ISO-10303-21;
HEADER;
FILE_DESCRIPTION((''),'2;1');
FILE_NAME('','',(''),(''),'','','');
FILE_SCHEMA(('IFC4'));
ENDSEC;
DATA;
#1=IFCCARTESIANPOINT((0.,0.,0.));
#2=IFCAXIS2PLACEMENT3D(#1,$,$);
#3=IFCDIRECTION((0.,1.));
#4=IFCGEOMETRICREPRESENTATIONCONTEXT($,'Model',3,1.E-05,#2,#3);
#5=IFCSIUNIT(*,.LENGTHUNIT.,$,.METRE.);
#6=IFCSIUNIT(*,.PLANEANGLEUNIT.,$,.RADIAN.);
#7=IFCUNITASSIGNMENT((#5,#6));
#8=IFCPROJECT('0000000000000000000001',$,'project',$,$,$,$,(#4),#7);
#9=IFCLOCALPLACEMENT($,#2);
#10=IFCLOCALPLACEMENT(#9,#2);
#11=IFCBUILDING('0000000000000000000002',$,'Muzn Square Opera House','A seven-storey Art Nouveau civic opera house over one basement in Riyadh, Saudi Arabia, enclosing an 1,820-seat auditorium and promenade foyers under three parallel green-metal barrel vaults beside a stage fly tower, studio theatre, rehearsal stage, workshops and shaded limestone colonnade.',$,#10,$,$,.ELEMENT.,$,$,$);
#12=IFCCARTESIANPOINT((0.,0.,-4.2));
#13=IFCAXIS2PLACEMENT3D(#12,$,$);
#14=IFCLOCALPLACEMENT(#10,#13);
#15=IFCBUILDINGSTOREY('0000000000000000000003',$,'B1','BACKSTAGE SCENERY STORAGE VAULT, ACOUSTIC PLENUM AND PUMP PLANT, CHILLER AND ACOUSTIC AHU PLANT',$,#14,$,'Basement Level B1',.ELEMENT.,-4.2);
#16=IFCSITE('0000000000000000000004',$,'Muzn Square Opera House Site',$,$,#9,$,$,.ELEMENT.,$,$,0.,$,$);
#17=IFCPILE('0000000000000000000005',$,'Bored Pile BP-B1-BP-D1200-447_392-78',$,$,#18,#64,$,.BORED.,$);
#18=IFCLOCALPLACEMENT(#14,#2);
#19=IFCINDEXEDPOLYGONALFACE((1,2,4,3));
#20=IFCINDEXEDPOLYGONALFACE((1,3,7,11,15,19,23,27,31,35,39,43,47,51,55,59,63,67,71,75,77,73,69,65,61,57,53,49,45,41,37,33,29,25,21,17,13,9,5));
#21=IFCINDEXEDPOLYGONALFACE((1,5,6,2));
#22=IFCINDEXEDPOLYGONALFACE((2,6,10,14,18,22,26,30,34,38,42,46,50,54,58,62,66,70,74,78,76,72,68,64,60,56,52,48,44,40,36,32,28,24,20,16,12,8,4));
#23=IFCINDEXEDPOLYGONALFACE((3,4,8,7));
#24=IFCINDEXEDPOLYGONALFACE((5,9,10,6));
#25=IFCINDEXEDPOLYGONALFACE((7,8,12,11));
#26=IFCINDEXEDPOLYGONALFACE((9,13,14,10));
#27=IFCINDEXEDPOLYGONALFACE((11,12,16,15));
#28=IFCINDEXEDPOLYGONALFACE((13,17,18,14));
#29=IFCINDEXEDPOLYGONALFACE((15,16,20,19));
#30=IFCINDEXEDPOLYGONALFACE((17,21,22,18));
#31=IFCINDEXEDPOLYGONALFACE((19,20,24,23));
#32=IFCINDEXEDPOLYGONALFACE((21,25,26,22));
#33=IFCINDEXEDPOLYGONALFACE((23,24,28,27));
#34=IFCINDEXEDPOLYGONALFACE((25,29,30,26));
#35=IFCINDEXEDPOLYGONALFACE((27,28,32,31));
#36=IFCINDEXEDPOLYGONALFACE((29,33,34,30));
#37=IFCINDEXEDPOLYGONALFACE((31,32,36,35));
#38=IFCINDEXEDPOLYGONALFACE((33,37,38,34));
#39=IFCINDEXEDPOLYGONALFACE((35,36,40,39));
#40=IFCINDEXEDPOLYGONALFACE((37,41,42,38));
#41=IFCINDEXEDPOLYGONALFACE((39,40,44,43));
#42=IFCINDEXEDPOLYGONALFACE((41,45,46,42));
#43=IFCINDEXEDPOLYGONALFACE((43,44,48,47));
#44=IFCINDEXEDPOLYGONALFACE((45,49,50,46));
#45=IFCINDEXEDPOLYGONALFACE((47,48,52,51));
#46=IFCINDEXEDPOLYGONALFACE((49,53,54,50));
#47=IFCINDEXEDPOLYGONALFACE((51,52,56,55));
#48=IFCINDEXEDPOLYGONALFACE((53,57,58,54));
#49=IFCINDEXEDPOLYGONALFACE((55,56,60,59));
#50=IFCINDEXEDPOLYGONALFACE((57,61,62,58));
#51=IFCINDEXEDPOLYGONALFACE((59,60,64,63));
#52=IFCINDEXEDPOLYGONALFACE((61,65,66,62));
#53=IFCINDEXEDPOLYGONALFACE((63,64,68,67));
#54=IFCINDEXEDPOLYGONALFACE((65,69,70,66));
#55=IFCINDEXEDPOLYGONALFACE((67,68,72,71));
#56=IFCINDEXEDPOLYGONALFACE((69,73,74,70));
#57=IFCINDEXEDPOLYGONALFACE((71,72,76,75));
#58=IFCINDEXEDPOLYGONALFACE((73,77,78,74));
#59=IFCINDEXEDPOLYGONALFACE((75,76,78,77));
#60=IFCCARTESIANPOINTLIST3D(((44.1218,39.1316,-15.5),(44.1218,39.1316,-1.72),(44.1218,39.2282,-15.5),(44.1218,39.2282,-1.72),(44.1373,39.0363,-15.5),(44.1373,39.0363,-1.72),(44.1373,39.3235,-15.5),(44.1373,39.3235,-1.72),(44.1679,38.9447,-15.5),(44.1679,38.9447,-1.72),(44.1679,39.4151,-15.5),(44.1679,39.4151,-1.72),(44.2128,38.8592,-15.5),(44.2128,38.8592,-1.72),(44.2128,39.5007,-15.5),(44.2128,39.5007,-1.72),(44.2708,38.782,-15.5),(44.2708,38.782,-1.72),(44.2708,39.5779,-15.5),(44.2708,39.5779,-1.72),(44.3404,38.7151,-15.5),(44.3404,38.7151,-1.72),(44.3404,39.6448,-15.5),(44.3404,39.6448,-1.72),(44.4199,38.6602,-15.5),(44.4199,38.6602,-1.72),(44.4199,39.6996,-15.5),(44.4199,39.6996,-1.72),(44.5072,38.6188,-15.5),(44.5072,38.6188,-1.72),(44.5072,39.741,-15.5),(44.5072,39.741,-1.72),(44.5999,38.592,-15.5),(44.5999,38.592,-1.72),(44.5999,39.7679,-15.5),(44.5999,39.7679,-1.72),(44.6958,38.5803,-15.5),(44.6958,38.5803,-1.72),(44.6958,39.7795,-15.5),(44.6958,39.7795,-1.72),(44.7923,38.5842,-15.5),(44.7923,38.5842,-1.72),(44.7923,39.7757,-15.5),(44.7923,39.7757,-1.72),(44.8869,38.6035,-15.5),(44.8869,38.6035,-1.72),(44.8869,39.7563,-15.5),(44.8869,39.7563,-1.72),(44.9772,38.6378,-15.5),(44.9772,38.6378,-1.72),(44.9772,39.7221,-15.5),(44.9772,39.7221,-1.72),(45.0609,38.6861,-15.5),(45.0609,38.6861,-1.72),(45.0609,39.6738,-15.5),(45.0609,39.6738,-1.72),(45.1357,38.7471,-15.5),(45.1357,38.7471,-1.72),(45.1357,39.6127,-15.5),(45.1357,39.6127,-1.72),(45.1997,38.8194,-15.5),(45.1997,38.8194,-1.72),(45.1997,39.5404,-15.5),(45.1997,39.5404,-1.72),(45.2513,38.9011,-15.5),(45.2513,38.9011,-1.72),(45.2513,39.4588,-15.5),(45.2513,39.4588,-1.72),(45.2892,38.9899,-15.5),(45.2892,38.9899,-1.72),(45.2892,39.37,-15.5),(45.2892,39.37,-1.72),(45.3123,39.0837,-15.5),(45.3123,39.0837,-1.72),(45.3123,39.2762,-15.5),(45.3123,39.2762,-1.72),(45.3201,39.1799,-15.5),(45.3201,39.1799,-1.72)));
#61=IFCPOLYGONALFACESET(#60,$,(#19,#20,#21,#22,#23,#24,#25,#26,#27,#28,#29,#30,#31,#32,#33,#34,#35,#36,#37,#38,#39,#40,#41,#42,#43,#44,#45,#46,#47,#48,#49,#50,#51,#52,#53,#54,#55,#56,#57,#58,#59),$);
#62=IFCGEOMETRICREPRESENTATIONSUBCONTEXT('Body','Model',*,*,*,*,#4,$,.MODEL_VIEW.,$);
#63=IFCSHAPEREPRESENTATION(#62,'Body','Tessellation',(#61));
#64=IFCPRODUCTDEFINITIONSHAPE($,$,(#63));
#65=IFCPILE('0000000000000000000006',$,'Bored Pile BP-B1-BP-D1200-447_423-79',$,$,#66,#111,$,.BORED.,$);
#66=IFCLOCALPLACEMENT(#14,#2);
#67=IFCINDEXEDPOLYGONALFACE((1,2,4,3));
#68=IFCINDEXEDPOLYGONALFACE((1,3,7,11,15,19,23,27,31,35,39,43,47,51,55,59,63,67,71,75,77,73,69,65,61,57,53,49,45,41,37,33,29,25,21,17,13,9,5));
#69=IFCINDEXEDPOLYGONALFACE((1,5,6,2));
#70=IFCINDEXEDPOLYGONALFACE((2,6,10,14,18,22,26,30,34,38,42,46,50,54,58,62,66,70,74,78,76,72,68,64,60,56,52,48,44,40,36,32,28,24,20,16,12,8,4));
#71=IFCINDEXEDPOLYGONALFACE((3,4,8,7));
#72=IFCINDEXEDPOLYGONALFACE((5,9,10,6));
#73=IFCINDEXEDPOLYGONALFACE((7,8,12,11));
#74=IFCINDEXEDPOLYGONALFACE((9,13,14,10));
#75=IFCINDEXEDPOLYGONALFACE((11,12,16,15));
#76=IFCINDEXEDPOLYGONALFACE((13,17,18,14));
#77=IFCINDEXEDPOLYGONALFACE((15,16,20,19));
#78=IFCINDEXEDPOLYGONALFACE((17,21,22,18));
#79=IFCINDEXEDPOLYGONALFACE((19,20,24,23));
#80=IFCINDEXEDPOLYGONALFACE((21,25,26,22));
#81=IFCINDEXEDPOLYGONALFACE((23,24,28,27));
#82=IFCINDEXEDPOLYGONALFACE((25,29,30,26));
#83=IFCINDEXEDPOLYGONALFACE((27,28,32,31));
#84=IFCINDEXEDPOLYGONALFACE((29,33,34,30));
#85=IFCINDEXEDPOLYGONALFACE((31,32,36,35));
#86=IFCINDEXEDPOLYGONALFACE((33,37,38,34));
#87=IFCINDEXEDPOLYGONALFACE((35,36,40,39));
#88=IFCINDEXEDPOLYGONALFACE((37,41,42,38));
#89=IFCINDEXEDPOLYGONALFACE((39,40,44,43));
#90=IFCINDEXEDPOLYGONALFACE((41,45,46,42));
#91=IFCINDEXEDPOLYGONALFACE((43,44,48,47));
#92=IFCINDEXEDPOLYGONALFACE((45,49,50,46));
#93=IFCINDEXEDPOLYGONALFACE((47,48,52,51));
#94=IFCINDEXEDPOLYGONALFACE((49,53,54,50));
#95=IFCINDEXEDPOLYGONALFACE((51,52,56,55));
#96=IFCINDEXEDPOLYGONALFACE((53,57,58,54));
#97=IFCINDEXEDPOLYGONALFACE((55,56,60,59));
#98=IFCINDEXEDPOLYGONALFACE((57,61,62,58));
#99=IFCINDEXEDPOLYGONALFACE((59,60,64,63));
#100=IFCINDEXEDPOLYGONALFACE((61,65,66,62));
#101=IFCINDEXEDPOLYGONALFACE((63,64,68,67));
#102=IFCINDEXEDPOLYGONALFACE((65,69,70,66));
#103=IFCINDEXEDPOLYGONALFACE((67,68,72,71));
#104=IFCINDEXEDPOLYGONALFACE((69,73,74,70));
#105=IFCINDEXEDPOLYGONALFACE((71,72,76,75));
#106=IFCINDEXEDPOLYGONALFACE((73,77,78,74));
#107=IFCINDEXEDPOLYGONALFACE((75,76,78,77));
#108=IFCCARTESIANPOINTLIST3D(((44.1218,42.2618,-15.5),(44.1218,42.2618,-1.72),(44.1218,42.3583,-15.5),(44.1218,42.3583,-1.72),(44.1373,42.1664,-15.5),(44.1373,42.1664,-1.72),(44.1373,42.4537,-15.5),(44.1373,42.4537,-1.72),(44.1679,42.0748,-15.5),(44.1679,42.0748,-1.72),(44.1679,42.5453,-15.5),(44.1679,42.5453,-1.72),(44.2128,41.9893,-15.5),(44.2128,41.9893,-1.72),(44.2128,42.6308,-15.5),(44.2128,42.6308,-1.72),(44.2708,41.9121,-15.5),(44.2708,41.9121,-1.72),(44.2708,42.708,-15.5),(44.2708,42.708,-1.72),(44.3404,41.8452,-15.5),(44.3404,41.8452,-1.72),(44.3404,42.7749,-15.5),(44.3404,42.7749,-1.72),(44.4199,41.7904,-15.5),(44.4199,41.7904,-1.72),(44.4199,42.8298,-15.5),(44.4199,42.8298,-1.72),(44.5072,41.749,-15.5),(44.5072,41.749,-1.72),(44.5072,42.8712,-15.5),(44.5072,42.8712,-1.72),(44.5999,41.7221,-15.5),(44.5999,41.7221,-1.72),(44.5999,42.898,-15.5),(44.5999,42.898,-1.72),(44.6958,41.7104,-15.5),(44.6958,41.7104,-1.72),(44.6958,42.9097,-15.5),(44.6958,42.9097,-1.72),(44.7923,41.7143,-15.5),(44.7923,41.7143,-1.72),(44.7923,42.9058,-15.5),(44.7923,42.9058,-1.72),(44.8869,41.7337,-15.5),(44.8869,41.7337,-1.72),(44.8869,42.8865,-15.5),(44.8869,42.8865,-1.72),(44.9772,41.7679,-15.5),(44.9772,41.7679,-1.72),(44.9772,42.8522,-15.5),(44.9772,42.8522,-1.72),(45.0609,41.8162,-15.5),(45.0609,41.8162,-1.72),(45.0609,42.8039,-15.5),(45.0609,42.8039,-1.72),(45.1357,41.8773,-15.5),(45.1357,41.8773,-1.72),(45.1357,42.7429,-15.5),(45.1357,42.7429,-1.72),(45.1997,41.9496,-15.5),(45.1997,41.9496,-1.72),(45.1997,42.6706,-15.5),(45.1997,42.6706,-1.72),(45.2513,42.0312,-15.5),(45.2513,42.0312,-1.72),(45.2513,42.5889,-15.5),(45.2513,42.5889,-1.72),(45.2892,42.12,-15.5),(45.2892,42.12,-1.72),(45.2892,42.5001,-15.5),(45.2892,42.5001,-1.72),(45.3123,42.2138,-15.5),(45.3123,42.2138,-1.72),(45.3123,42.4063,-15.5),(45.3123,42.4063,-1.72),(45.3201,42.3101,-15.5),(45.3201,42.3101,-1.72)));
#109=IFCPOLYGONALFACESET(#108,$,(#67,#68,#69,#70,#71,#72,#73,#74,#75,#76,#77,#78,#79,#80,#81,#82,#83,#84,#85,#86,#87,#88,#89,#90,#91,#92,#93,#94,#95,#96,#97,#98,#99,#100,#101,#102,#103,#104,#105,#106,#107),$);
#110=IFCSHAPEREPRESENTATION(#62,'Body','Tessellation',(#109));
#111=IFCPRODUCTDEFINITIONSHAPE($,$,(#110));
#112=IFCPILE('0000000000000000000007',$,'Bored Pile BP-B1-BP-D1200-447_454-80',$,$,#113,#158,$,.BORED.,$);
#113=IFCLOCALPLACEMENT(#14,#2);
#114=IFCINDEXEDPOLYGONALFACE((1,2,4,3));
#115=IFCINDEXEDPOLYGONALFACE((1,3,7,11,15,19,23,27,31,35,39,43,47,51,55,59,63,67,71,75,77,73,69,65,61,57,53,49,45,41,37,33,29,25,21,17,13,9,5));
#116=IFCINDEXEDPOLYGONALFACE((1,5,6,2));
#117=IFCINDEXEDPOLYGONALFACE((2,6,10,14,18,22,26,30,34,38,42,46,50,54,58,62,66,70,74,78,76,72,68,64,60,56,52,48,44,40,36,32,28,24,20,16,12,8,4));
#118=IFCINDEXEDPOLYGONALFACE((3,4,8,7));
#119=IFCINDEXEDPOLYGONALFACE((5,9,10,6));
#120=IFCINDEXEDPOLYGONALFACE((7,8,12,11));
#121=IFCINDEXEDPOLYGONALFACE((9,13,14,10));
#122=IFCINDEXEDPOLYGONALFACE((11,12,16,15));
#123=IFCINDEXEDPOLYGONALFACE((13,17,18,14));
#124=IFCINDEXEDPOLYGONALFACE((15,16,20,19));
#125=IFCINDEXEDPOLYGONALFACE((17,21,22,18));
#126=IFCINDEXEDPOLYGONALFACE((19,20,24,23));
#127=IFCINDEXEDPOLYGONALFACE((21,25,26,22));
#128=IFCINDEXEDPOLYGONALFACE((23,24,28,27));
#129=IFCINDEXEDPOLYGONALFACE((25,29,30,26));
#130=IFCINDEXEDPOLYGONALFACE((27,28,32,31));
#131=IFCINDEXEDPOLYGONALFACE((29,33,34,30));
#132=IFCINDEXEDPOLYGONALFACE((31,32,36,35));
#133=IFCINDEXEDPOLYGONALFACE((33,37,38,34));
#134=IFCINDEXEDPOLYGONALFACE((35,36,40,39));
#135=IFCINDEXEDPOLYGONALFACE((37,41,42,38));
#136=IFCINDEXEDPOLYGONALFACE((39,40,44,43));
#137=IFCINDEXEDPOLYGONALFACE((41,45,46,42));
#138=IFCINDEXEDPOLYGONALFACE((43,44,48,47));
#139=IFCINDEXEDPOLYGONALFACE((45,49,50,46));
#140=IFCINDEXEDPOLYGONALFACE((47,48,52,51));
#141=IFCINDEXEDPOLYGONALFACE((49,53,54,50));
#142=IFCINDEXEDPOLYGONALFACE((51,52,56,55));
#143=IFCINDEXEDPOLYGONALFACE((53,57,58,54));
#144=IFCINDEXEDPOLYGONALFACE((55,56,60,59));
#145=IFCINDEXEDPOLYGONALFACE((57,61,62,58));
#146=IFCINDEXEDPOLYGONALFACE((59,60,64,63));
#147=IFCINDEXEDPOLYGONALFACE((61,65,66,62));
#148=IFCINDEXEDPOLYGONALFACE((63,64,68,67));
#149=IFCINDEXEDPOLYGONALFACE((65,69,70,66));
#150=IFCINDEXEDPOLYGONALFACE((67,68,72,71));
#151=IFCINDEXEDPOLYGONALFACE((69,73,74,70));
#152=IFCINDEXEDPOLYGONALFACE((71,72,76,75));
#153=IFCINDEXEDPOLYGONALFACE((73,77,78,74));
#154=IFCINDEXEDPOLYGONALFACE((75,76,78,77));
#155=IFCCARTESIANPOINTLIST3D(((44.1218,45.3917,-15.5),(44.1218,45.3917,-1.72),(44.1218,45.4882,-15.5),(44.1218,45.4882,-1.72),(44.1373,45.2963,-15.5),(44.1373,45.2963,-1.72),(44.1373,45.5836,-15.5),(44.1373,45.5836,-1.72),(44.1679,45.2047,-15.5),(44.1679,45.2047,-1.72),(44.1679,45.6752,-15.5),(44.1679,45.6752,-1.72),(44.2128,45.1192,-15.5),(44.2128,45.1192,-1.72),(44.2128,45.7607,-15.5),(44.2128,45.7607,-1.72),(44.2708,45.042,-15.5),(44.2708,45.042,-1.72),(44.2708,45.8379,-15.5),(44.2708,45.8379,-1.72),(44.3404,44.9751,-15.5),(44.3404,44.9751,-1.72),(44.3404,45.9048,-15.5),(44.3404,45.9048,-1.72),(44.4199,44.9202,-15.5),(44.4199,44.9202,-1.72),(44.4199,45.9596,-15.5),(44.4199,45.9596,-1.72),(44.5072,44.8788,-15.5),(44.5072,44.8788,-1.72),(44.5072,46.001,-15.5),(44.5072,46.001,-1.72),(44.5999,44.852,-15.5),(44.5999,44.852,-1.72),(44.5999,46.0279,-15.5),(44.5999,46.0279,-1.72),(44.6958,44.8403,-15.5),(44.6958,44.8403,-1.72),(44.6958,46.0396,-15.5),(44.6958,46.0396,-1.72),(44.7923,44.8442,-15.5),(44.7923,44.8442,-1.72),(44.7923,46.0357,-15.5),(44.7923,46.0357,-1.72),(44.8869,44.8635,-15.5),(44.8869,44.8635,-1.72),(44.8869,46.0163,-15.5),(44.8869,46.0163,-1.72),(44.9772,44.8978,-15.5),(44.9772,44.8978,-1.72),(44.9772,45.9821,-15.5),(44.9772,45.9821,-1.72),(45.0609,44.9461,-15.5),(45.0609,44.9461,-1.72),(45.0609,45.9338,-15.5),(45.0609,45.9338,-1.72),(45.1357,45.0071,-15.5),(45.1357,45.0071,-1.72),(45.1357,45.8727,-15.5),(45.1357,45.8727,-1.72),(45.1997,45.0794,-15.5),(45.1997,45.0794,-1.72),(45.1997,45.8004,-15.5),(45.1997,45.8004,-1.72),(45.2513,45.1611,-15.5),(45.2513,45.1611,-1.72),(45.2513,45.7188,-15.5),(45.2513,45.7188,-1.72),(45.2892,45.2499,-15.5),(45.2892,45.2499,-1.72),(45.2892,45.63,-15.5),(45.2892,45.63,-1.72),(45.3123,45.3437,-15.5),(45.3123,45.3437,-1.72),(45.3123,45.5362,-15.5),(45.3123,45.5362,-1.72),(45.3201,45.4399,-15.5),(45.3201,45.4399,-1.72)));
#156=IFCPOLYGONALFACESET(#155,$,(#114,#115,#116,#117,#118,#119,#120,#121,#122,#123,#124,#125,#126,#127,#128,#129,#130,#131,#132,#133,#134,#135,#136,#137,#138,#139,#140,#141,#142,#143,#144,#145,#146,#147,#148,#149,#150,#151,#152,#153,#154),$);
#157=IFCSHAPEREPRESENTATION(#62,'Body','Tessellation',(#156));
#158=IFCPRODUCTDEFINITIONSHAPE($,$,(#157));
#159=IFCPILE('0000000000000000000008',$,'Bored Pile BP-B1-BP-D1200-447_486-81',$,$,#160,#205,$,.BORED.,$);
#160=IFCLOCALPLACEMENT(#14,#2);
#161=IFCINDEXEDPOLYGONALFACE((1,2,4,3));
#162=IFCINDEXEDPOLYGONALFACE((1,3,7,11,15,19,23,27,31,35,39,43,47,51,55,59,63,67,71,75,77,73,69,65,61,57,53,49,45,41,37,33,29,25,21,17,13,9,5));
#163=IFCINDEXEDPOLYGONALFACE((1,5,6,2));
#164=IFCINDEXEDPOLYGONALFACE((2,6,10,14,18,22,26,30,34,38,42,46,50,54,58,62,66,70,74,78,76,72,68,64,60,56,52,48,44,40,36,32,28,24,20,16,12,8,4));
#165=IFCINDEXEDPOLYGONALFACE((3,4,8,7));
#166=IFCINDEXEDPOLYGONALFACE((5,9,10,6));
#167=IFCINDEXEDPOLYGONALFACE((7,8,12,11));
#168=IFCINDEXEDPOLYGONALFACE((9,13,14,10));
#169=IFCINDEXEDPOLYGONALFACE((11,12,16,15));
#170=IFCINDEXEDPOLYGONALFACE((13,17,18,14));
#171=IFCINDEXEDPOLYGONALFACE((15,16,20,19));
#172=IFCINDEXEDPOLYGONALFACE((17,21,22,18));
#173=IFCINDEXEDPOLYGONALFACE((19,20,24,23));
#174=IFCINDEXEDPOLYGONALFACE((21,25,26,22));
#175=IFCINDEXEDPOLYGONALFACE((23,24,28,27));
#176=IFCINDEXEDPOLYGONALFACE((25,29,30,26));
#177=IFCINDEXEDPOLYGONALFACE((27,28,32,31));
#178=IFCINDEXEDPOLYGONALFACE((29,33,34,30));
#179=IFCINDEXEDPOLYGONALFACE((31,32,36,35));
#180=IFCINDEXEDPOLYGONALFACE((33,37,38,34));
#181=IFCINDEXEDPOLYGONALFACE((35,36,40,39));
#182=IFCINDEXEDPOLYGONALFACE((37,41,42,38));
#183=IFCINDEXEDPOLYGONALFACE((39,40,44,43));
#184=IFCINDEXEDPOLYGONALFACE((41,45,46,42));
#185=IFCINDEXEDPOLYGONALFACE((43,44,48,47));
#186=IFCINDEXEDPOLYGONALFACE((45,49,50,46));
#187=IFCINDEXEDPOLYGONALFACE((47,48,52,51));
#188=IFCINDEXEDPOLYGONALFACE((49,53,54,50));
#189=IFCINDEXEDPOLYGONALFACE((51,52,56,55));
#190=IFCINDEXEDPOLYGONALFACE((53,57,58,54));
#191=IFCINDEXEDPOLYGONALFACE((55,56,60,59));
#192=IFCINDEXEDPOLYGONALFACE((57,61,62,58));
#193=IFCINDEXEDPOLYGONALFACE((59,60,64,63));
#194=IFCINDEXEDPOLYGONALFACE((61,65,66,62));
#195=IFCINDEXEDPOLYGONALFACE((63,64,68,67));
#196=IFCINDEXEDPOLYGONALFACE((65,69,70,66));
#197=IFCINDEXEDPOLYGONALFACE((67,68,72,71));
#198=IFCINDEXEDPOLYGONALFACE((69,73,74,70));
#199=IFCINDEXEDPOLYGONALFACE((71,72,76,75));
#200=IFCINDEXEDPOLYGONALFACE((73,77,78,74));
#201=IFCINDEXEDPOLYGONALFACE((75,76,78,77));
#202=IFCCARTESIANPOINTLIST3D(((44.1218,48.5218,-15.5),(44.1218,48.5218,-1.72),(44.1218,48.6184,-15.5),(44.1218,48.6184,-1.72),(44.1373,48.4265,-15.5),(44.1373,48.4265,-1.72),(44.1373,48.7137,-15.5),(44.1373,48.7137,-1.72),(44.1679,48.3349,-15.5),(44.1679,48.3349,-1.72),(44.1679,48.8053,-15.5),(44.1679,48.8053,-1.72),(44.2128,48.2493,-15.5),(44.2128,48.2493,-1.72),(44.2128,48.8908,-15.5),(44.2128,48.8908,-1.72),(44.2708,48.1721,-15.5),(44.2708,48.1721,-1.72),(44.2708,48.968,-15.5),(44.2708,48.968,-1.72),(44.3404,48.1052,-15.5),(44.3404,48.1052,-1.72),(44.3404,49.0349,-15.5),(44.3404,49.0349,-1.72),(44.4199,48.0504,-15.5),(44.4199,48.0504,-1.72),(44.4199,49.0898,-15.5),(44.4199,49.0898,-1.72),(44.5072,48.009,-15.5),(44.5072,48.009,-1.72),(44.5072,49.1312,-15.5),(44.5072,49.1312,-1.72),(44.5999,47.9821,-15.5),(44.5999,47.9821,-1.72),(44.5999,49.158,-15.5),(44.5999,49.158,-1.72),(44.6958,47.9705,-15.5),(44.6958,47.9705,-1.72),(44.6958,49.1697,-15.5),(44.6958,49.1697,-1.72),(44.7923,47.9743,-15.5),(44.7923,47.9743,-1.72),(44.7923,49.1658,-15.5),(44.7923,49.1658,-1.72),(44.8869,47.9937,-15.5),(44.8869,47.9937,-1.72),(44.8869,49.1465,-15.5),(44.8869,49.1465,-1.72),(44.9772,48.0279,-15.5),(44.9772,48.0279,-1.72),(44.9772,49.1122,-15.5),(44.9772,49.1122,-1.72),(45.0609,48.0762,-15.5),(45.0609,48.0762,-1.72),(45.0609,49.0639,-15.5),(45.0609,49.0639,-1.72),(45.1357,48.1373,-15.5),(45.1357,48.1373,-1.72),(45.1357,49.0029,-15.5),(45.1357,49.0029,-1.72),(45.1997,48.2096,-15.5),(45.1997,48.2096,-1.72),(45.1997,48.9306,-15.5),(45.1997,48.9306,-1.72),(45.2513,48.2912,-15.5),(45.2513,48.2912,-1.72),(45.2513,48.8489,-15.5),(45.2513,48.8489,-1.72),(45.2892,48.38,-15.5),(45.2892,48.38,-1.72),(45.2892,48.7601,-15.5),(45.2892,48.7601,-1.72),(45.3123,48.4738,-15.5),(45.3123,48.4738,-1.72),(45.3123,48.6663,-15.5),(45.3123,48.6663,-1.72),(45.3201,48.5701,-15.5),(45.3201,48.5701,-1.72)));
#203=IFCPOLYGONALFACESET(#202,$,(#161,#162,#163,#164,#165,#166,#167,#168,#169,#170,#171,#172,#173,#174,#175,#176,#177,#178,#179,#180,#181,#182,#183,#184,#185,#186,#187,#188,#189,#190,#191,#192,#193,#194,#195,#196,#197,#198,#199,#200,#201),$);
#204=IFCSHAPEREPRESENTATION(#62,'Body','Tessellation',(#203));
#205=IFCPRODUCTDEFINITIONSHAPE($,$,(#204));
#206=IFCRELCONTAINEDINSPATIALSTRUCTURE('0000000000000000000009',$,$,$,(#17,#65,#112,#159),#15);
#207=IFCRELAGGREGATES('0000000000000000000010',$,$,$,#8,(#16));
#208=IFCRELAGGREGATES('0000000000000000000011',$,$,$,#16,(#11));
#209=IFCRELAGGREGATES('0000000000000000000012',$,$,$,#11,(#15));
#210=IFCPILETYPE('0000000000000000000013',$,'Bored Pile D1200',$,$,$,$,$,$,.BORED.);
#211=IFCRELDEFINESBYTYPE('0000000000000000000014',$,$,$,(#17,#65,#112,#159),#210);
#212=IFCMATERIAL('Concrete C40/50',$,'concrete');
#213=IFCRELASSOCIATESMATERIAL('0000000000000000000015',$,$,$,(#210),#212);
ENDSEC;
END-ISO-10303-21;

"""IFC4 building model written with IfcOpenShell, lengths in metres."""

from ifc_helpers import new_model, si_unit, direction, frame, origin, origin_2d, place, context, subcontext, project, spatial, circle, extrude, material, material_profile, profile_set, type_object, element, save


model = new_model("IFC4")

# Units and contexts
model_context = context("Model", 3, precision=1e-05, world=origin(), true_north=direction((0.0, 1.0)))
body_context = subcontext(model_context, "Body", "Model", "MODEL_VIEW")
ifc_project = project(units=[si_unit("LENGTHUNIT", "METRE"), si_unit("PLANEANGLEUNIT", "RADIAN")], contexts=[model_context])

# Site, building, storey
site_placement = place(None, origin())
site = spatial("IfcSite", under=ifc_project, at=site_placement, Name="Muzn Square Opera House Site", CompositionType="ELEMENT", RefElevation=0.0)
building_placement = place(site_placement, origin())
building = spatial("IfcBuilding", under=site, at=building_placement, Name="Muzn Square Opera House", Description="A seven-storey Art Nouveau civic opera house over one basement in Riyadh, Saudi Arabia, enclosing an 1,820-seat auditorium and promenade foyers under three parallel green-metal barrel vaults beside a stage fly tower, studio theatre, rehearsal stage, workshops and shaded limestone colonnade.", CompositionType="ELEMENT")
storey_placement = place(building_placement, frame((0.0, 0.0, -4.2)))
storey = spatial("IfcBuildingStorey", under=building, at=storey_placement, Name="B1", Description="BACKSTAGE SCENERY STORAGE VAULT, ACOUSTIC PLENUM AND PUMP PLANT, CHILLER AND ACOUSTIC AHU PLANT", LongName="Basement Level B1", CompositionType="ELEMENT", Elevation=-4.2)

# Piles
ifc_material = material(Name="Concrete C40/50", Category="concrete")
ifc_material_profile = material_profile(ifc_material, circle(Radius=0.6001, at=origin_2d()), Name="BORED PILE D1200", Category="concrete")
ifc_profile_set = profile_set([ifc_material_profile], Name="Concrete C40/50")
pile_type = type_object("IfcPileType", Name="Bored Pile D1200", PredefinedType="BORED", material=ifc_profile_set)
for number, where, z_axis, x_axis, name in (
    (1, (44.72, 39.1799, -1.72), (0.0, 0.0, -1.0), (1.0, 0.0, 0.0), "Bored Pile BP-B1-BP-D1200-447_392-78"),
    (2, (44.72, 42.3101, -1.72), (0.0, 0.0, -1.0), (1.0, 0.0, 0.0), "Bored Pile BP-B1-BP-D1200-447_423-79"),
    (3, (44.72, 45.4399, -1.72), (0.0, 0.0, -1.0), (1.0, 0.0, 0.0), "Bored Pile BP-B1-BP-D1200-447_454-80"),
    (4, (44.72, 48.5701, -1.72), (0.0, 0.0, -1.0), (1.0, 0.0, 0.0), "Bored Pile BP-B1-BP-D1200-447_486-81"),
):
    element("IfcPile", number, at=place(storey_placement, frame(where, z_axis=z_axis, x_axis=x_axis)), inside=storey, type_object=pile_type, Name=name, PredefinedType="BORED", context=body_context, shape_type="SweptSolid", body=[
        extrude(circle(Radius=0.6001, at=origin_2d()), origin(), (0.0, 0.0, 1.0), 13.78),
    ])

save(model, "model.ifc")
